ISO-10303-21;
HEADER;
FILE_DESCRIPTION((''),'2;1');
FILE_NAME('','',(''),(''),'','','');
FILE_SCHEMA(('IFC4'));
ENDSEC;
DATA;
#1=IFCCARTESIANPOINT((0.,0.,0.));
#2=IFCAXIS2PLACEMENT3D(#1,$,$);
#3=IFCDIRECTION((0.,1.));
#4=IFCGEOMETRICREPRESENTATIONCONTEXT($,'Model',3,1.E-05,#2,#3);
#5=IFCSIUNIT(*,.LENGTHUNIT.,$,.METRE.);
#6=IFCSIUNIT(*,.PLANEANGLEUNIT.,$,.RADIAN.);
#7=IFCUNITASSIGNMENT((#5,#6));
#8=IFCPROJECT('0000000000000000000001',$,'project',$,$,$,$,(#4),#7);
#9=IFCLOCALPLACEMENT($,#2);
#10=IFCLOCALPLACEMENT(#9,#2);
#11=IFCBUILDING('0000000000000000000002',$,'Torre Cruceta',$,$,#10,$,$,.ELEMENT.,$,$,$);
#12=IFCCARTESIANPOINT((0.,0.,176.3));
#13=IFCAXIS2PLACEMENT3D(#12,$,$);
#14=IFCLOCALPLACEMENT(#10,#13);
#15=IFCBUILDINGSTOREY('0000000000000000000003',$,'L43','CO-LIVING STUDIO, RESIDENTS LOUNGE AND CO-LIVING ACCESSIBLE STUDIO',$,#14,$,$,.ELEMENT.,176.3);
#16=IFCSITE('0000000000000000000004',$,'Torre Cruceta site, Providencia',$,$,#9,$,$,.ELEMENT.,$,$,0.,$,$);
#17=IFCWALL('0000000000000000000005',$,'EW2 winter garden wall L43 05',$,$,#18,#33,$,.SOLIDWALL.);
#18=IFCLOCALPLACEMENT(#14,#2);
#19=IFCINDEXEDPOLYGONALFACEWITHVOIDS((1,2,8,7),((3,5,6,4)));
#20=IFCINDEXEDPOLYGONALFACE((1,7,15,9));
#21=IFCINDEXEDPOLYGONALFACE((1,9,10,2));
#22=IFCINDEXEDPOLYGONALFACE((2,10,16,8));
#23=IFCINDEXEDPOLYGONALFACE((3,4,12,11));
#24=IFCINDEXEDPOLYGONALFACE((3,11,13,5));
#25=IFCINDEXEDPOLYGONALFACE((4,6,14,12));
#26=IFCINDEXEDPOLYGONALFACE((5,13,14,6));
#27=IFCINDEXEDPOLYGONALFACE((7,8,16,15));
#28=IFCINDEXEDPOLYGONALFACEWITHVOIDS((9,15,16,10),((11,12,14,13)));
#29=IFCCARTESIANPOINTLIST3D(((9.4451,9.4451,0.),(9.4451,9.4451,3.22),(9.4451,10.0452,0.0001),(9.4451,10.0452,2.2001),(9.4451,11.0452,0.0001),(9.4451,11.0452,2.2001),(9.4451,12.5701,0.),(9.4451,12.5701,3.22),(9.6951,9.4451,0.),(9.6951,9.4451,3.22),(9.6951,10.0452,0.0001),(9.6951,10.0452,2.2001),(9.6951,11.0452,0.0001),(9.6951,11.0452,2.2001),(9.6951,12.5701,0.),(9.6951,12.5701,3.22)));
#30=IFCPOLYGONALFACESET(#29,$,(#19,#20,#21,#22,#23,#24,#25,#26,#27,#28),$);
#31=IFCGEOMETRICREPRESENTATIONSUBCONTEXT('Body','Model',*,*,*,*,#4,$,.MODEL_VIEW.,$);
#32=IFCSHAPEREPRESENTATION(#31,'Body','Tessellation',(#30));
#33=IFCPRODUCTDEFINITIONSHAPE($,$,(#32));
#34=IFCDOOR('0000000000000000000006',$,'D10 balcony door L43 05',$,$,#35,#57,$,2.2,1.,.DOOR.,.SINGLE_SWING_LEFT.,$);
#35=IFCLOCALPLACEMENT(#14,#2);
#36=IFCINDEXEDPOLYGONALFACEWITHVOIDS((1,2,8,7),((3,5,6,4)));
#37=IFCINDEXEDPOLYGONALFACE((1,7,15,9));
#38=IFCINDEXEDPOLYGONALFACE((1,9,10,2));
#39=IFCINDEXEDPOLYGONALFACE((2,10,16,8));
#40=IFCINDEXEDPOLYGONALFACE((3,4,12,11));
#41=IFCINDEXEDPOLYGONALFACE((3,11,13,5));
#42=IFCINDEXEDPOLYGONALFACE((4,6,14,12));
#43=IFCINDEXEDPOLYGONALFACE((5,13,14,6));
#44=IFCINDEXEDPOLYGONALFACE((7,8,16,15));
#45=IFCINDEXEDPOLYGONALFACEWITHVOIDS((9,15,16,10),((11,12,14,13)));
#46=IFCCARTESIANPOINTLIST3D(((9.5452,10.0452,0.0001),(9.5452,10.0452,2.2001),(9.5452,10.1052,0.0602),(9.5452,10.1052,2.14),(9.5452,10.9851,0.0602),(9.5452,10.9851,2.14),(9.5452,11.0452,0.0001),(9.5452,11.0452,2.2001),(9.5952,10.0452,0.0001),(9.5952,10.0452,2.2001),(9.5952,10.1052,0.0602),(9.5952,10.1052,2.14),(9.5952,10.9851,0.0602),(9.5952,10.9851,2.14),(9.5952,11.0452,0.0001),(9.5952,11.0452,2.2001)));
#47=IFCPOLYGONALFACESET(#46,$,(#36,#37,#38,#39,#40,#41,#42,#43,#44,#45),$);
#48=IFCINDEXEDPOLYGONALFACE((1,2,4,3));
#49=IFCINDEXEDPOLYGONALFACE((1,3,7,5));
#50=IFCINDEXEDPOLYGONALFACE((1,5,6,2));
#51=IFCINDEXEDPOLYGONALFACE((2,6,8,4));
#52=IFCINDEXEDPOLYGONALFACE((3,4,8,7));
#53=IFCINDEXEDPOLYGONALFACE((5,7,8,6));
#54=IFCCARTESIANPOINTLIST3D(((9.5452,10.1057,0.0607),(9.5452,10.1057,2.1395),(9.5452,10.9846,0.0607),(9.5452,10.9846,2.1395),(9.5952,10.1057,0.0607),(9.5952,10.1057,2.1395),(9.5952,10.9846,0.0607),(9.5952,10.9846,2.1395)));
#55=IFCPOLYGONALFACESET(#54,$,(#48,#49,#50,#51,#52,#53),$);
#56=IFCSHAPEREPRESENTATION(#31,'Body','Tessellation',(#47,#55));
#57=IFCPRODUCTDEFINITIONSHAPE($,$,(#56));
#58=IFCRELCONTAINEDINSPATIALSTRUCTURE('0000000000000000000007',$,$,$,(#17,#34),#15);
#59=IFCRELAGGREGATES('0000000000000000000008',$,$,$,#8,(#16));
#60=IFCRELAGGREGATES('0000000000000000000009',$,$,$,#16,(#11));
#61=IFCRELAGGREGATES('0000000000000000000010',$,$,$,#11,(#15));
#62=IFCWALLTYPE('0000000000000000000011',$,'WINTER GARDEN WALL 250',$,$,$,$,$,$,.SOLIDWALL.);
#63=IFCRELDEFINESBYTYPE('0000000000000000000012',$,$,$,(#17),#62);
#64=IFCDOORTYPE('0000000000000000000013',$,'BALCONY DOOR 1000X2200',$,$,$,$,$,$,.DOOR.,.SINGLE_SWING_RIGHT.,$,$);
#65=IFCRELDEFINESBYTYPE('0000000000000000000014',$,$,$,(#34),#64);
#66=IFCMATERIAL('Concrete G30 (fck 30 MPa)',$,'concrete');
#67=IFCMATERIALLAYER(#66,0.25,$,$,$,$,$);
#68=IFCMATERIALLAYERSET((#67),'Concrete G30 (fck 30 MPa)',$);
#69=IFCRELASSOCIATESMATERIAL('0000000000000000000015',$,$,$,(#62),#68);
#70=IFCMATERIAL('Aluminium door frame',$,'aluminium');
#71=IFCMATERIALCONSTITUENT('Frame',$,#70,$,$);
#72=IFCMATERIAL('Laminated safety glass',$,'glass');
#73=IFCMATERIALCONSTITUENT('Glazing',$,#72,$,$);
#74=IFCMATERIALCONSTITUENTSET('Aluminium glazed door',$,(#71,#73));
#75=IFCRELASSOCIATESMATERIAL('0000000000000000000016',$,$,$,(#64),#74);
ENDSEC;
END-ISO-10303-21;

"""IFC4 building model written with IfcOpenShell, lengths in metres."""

from ifc_helpers import new_model, si_unit, direction, frame, frame_2d, origin, place, context, subcontext, project, spatial, rectangle, hollow_rectangle, extrude, material, layer, layer_set, constituent, constituent_set, type_object, element, fill, save


model = new_model("IFC4")

# Units and contexts
model_context = context("Model", 3, precision=1e-05, world=origin(), true_north=direction((0.0, 1.0)))
body_context = subcontext(model_context, "Body", "Model", "MODEL_VIEW")
ifc_project = project(units=[si_unit("LENGTHUNIT", "METRE"), si_unit("PLANEANGLEUNIT", "RADIAN")], contexts=[model_context])

# Site, building, storey
site_placement = place(None, origin())
site = spatial("IfcSite", under=ifc_project, at=site_placement, Name="Torre Cruceta site, Providencia", CompositionType="ELEMENT", RefElevation=0.0)
building_placement = place(site_placement, origin())
building = spatial("IfcBuilding", under=site, at=building_placement, Name="Torre Cruceta", CompositionType="ELEMENT")
storey_placement = place(building_placement, frame((0.0, 0.0, 176.3)))
storey = spatial("IfcBuildingStorey", under=building, at=storey_placement, Name="L43", Description="CO-LIVING STUDIO, RESIDENTS LOUNGE AND CO-LIVING ACCESSIBLE STUDIO", CompositionType="ELEMENT", Elevation=176.3)

# Wall, opening, door
ifc_material_1 = material(Name="Concrete G30 (fck 30 MPa)", Category="concrete")
ifc_layer_1 = layer(ifc_material_1, 0.25)
ifc_layer_set_1 = layer_set([ifc_layer_1], Name="Concrete G30 (fck 30 MPa)")
wall_type_1 = type_object("IfcWallType", Name="WINTER GARDEN WALL 250", PredefinedType="SOLIDWALL", material=ifc_layer_set_1)
ifc_material_2 = material(Name="Aluminium door frame", Category="aluminium")
ifc_constituent_1 = constituent(ifc_material_2, Name="Frame")
ifc_material_3 = material(Name="Laminated safety glass", Category="glass")
ifc_constituent_2 = constituent(ifc_material_3, Name="Glazing")
ifc_constituent_set_1 = constituent_set(constituents=[ifc_constituent_1, ifc_constituent_2], Name="Aluminium glazed door")
door_type = type_object("IfcDoorType", Name="BALCONY DOOR 1000X2200", OperationType="SINGLE_SWING_RIGHT", PredefinedType="DOOR", material=ifc_constituent_set_1)
wall_1_placement = place(storey_placement, frame((9.5701, 9.4451, 0.0), z_axis=(0.0, 0.0, 1.0), x_axis=(0.0, 1.0, 0.0)))
wall_1 = element("IfcWall", 1, at=wall_1_placement, inside=storey, type_object=wall_type_1, Name="EW2 winter garden wall L43 05", PredefinedType="SOLIDWALL", context=body_context, shape_type="SweptSolid", body=[
    extrude(rectangle(XDim=3.125, YDim=0.25, at=frame_2d((1.5625, 0.0))), origin(), (0.0, 0.0, 1.0), 3.22),
])
opening_1_placement = place(wall_1_placement, frame((0.6001, 0.0, 0.0)))
opening_1 = element("IfcOpeningElement", 2, at=opening_1_placement, cuts=wall_1, PredefinedType="OPENING", context=body_context, shape_type="SweptSolid", body=[
    extrude(rectangle(XDim=1.0, YDim=2.2, at=frame_2d((0.5, 1.1001))), frame((0.0, 0.135, 0.0), z_axis=(0.0, -1.0, 0.0), x_axis=(1.0, 0.0, 0.0)), (0.0, 0.0, 1.0), 0.27),
])
door_1_placement = place(opening_1_placement, origin())
door_1 = element("IfcDoor", 3, at=door_1_placement, inside=storey, type_object=door_type, Name="D10 balcony door L43 05", OperationType="SINGLE_SWING_LEFT", OverallHeight=2.2, OverallWidth=1.0, PredefinedType="DOOR", context=body_context, shape_type="SweptSolid", body=[
    extrude(hollow_rectangle(XDim=1.0, YDim=2.2, WallThickness=0.0601, at=frame_2d((0.5, 1.1001))), frame((0.0, 0.0249, 0.0), z_axis=(0.0, -1.0, 0.0), x_axis=(1.0, 0.0, 0.0)), (0.0, 0.0, 1.0), 0.05),
    extrude(rectangle(XDim=0.8789, YDim=2.0789, at=frame_2d((0.5, 1.1001))), frame((0.0, 0.0249, 0.0), z_axis=(0.0, -1.0, 0.0), x_axis=(1.0, 0.0, 0.0)), (0.0, 0.0, 1.0), 0.05),
])
fill(opening_1, door_1)

save(model, "model.ifc")
